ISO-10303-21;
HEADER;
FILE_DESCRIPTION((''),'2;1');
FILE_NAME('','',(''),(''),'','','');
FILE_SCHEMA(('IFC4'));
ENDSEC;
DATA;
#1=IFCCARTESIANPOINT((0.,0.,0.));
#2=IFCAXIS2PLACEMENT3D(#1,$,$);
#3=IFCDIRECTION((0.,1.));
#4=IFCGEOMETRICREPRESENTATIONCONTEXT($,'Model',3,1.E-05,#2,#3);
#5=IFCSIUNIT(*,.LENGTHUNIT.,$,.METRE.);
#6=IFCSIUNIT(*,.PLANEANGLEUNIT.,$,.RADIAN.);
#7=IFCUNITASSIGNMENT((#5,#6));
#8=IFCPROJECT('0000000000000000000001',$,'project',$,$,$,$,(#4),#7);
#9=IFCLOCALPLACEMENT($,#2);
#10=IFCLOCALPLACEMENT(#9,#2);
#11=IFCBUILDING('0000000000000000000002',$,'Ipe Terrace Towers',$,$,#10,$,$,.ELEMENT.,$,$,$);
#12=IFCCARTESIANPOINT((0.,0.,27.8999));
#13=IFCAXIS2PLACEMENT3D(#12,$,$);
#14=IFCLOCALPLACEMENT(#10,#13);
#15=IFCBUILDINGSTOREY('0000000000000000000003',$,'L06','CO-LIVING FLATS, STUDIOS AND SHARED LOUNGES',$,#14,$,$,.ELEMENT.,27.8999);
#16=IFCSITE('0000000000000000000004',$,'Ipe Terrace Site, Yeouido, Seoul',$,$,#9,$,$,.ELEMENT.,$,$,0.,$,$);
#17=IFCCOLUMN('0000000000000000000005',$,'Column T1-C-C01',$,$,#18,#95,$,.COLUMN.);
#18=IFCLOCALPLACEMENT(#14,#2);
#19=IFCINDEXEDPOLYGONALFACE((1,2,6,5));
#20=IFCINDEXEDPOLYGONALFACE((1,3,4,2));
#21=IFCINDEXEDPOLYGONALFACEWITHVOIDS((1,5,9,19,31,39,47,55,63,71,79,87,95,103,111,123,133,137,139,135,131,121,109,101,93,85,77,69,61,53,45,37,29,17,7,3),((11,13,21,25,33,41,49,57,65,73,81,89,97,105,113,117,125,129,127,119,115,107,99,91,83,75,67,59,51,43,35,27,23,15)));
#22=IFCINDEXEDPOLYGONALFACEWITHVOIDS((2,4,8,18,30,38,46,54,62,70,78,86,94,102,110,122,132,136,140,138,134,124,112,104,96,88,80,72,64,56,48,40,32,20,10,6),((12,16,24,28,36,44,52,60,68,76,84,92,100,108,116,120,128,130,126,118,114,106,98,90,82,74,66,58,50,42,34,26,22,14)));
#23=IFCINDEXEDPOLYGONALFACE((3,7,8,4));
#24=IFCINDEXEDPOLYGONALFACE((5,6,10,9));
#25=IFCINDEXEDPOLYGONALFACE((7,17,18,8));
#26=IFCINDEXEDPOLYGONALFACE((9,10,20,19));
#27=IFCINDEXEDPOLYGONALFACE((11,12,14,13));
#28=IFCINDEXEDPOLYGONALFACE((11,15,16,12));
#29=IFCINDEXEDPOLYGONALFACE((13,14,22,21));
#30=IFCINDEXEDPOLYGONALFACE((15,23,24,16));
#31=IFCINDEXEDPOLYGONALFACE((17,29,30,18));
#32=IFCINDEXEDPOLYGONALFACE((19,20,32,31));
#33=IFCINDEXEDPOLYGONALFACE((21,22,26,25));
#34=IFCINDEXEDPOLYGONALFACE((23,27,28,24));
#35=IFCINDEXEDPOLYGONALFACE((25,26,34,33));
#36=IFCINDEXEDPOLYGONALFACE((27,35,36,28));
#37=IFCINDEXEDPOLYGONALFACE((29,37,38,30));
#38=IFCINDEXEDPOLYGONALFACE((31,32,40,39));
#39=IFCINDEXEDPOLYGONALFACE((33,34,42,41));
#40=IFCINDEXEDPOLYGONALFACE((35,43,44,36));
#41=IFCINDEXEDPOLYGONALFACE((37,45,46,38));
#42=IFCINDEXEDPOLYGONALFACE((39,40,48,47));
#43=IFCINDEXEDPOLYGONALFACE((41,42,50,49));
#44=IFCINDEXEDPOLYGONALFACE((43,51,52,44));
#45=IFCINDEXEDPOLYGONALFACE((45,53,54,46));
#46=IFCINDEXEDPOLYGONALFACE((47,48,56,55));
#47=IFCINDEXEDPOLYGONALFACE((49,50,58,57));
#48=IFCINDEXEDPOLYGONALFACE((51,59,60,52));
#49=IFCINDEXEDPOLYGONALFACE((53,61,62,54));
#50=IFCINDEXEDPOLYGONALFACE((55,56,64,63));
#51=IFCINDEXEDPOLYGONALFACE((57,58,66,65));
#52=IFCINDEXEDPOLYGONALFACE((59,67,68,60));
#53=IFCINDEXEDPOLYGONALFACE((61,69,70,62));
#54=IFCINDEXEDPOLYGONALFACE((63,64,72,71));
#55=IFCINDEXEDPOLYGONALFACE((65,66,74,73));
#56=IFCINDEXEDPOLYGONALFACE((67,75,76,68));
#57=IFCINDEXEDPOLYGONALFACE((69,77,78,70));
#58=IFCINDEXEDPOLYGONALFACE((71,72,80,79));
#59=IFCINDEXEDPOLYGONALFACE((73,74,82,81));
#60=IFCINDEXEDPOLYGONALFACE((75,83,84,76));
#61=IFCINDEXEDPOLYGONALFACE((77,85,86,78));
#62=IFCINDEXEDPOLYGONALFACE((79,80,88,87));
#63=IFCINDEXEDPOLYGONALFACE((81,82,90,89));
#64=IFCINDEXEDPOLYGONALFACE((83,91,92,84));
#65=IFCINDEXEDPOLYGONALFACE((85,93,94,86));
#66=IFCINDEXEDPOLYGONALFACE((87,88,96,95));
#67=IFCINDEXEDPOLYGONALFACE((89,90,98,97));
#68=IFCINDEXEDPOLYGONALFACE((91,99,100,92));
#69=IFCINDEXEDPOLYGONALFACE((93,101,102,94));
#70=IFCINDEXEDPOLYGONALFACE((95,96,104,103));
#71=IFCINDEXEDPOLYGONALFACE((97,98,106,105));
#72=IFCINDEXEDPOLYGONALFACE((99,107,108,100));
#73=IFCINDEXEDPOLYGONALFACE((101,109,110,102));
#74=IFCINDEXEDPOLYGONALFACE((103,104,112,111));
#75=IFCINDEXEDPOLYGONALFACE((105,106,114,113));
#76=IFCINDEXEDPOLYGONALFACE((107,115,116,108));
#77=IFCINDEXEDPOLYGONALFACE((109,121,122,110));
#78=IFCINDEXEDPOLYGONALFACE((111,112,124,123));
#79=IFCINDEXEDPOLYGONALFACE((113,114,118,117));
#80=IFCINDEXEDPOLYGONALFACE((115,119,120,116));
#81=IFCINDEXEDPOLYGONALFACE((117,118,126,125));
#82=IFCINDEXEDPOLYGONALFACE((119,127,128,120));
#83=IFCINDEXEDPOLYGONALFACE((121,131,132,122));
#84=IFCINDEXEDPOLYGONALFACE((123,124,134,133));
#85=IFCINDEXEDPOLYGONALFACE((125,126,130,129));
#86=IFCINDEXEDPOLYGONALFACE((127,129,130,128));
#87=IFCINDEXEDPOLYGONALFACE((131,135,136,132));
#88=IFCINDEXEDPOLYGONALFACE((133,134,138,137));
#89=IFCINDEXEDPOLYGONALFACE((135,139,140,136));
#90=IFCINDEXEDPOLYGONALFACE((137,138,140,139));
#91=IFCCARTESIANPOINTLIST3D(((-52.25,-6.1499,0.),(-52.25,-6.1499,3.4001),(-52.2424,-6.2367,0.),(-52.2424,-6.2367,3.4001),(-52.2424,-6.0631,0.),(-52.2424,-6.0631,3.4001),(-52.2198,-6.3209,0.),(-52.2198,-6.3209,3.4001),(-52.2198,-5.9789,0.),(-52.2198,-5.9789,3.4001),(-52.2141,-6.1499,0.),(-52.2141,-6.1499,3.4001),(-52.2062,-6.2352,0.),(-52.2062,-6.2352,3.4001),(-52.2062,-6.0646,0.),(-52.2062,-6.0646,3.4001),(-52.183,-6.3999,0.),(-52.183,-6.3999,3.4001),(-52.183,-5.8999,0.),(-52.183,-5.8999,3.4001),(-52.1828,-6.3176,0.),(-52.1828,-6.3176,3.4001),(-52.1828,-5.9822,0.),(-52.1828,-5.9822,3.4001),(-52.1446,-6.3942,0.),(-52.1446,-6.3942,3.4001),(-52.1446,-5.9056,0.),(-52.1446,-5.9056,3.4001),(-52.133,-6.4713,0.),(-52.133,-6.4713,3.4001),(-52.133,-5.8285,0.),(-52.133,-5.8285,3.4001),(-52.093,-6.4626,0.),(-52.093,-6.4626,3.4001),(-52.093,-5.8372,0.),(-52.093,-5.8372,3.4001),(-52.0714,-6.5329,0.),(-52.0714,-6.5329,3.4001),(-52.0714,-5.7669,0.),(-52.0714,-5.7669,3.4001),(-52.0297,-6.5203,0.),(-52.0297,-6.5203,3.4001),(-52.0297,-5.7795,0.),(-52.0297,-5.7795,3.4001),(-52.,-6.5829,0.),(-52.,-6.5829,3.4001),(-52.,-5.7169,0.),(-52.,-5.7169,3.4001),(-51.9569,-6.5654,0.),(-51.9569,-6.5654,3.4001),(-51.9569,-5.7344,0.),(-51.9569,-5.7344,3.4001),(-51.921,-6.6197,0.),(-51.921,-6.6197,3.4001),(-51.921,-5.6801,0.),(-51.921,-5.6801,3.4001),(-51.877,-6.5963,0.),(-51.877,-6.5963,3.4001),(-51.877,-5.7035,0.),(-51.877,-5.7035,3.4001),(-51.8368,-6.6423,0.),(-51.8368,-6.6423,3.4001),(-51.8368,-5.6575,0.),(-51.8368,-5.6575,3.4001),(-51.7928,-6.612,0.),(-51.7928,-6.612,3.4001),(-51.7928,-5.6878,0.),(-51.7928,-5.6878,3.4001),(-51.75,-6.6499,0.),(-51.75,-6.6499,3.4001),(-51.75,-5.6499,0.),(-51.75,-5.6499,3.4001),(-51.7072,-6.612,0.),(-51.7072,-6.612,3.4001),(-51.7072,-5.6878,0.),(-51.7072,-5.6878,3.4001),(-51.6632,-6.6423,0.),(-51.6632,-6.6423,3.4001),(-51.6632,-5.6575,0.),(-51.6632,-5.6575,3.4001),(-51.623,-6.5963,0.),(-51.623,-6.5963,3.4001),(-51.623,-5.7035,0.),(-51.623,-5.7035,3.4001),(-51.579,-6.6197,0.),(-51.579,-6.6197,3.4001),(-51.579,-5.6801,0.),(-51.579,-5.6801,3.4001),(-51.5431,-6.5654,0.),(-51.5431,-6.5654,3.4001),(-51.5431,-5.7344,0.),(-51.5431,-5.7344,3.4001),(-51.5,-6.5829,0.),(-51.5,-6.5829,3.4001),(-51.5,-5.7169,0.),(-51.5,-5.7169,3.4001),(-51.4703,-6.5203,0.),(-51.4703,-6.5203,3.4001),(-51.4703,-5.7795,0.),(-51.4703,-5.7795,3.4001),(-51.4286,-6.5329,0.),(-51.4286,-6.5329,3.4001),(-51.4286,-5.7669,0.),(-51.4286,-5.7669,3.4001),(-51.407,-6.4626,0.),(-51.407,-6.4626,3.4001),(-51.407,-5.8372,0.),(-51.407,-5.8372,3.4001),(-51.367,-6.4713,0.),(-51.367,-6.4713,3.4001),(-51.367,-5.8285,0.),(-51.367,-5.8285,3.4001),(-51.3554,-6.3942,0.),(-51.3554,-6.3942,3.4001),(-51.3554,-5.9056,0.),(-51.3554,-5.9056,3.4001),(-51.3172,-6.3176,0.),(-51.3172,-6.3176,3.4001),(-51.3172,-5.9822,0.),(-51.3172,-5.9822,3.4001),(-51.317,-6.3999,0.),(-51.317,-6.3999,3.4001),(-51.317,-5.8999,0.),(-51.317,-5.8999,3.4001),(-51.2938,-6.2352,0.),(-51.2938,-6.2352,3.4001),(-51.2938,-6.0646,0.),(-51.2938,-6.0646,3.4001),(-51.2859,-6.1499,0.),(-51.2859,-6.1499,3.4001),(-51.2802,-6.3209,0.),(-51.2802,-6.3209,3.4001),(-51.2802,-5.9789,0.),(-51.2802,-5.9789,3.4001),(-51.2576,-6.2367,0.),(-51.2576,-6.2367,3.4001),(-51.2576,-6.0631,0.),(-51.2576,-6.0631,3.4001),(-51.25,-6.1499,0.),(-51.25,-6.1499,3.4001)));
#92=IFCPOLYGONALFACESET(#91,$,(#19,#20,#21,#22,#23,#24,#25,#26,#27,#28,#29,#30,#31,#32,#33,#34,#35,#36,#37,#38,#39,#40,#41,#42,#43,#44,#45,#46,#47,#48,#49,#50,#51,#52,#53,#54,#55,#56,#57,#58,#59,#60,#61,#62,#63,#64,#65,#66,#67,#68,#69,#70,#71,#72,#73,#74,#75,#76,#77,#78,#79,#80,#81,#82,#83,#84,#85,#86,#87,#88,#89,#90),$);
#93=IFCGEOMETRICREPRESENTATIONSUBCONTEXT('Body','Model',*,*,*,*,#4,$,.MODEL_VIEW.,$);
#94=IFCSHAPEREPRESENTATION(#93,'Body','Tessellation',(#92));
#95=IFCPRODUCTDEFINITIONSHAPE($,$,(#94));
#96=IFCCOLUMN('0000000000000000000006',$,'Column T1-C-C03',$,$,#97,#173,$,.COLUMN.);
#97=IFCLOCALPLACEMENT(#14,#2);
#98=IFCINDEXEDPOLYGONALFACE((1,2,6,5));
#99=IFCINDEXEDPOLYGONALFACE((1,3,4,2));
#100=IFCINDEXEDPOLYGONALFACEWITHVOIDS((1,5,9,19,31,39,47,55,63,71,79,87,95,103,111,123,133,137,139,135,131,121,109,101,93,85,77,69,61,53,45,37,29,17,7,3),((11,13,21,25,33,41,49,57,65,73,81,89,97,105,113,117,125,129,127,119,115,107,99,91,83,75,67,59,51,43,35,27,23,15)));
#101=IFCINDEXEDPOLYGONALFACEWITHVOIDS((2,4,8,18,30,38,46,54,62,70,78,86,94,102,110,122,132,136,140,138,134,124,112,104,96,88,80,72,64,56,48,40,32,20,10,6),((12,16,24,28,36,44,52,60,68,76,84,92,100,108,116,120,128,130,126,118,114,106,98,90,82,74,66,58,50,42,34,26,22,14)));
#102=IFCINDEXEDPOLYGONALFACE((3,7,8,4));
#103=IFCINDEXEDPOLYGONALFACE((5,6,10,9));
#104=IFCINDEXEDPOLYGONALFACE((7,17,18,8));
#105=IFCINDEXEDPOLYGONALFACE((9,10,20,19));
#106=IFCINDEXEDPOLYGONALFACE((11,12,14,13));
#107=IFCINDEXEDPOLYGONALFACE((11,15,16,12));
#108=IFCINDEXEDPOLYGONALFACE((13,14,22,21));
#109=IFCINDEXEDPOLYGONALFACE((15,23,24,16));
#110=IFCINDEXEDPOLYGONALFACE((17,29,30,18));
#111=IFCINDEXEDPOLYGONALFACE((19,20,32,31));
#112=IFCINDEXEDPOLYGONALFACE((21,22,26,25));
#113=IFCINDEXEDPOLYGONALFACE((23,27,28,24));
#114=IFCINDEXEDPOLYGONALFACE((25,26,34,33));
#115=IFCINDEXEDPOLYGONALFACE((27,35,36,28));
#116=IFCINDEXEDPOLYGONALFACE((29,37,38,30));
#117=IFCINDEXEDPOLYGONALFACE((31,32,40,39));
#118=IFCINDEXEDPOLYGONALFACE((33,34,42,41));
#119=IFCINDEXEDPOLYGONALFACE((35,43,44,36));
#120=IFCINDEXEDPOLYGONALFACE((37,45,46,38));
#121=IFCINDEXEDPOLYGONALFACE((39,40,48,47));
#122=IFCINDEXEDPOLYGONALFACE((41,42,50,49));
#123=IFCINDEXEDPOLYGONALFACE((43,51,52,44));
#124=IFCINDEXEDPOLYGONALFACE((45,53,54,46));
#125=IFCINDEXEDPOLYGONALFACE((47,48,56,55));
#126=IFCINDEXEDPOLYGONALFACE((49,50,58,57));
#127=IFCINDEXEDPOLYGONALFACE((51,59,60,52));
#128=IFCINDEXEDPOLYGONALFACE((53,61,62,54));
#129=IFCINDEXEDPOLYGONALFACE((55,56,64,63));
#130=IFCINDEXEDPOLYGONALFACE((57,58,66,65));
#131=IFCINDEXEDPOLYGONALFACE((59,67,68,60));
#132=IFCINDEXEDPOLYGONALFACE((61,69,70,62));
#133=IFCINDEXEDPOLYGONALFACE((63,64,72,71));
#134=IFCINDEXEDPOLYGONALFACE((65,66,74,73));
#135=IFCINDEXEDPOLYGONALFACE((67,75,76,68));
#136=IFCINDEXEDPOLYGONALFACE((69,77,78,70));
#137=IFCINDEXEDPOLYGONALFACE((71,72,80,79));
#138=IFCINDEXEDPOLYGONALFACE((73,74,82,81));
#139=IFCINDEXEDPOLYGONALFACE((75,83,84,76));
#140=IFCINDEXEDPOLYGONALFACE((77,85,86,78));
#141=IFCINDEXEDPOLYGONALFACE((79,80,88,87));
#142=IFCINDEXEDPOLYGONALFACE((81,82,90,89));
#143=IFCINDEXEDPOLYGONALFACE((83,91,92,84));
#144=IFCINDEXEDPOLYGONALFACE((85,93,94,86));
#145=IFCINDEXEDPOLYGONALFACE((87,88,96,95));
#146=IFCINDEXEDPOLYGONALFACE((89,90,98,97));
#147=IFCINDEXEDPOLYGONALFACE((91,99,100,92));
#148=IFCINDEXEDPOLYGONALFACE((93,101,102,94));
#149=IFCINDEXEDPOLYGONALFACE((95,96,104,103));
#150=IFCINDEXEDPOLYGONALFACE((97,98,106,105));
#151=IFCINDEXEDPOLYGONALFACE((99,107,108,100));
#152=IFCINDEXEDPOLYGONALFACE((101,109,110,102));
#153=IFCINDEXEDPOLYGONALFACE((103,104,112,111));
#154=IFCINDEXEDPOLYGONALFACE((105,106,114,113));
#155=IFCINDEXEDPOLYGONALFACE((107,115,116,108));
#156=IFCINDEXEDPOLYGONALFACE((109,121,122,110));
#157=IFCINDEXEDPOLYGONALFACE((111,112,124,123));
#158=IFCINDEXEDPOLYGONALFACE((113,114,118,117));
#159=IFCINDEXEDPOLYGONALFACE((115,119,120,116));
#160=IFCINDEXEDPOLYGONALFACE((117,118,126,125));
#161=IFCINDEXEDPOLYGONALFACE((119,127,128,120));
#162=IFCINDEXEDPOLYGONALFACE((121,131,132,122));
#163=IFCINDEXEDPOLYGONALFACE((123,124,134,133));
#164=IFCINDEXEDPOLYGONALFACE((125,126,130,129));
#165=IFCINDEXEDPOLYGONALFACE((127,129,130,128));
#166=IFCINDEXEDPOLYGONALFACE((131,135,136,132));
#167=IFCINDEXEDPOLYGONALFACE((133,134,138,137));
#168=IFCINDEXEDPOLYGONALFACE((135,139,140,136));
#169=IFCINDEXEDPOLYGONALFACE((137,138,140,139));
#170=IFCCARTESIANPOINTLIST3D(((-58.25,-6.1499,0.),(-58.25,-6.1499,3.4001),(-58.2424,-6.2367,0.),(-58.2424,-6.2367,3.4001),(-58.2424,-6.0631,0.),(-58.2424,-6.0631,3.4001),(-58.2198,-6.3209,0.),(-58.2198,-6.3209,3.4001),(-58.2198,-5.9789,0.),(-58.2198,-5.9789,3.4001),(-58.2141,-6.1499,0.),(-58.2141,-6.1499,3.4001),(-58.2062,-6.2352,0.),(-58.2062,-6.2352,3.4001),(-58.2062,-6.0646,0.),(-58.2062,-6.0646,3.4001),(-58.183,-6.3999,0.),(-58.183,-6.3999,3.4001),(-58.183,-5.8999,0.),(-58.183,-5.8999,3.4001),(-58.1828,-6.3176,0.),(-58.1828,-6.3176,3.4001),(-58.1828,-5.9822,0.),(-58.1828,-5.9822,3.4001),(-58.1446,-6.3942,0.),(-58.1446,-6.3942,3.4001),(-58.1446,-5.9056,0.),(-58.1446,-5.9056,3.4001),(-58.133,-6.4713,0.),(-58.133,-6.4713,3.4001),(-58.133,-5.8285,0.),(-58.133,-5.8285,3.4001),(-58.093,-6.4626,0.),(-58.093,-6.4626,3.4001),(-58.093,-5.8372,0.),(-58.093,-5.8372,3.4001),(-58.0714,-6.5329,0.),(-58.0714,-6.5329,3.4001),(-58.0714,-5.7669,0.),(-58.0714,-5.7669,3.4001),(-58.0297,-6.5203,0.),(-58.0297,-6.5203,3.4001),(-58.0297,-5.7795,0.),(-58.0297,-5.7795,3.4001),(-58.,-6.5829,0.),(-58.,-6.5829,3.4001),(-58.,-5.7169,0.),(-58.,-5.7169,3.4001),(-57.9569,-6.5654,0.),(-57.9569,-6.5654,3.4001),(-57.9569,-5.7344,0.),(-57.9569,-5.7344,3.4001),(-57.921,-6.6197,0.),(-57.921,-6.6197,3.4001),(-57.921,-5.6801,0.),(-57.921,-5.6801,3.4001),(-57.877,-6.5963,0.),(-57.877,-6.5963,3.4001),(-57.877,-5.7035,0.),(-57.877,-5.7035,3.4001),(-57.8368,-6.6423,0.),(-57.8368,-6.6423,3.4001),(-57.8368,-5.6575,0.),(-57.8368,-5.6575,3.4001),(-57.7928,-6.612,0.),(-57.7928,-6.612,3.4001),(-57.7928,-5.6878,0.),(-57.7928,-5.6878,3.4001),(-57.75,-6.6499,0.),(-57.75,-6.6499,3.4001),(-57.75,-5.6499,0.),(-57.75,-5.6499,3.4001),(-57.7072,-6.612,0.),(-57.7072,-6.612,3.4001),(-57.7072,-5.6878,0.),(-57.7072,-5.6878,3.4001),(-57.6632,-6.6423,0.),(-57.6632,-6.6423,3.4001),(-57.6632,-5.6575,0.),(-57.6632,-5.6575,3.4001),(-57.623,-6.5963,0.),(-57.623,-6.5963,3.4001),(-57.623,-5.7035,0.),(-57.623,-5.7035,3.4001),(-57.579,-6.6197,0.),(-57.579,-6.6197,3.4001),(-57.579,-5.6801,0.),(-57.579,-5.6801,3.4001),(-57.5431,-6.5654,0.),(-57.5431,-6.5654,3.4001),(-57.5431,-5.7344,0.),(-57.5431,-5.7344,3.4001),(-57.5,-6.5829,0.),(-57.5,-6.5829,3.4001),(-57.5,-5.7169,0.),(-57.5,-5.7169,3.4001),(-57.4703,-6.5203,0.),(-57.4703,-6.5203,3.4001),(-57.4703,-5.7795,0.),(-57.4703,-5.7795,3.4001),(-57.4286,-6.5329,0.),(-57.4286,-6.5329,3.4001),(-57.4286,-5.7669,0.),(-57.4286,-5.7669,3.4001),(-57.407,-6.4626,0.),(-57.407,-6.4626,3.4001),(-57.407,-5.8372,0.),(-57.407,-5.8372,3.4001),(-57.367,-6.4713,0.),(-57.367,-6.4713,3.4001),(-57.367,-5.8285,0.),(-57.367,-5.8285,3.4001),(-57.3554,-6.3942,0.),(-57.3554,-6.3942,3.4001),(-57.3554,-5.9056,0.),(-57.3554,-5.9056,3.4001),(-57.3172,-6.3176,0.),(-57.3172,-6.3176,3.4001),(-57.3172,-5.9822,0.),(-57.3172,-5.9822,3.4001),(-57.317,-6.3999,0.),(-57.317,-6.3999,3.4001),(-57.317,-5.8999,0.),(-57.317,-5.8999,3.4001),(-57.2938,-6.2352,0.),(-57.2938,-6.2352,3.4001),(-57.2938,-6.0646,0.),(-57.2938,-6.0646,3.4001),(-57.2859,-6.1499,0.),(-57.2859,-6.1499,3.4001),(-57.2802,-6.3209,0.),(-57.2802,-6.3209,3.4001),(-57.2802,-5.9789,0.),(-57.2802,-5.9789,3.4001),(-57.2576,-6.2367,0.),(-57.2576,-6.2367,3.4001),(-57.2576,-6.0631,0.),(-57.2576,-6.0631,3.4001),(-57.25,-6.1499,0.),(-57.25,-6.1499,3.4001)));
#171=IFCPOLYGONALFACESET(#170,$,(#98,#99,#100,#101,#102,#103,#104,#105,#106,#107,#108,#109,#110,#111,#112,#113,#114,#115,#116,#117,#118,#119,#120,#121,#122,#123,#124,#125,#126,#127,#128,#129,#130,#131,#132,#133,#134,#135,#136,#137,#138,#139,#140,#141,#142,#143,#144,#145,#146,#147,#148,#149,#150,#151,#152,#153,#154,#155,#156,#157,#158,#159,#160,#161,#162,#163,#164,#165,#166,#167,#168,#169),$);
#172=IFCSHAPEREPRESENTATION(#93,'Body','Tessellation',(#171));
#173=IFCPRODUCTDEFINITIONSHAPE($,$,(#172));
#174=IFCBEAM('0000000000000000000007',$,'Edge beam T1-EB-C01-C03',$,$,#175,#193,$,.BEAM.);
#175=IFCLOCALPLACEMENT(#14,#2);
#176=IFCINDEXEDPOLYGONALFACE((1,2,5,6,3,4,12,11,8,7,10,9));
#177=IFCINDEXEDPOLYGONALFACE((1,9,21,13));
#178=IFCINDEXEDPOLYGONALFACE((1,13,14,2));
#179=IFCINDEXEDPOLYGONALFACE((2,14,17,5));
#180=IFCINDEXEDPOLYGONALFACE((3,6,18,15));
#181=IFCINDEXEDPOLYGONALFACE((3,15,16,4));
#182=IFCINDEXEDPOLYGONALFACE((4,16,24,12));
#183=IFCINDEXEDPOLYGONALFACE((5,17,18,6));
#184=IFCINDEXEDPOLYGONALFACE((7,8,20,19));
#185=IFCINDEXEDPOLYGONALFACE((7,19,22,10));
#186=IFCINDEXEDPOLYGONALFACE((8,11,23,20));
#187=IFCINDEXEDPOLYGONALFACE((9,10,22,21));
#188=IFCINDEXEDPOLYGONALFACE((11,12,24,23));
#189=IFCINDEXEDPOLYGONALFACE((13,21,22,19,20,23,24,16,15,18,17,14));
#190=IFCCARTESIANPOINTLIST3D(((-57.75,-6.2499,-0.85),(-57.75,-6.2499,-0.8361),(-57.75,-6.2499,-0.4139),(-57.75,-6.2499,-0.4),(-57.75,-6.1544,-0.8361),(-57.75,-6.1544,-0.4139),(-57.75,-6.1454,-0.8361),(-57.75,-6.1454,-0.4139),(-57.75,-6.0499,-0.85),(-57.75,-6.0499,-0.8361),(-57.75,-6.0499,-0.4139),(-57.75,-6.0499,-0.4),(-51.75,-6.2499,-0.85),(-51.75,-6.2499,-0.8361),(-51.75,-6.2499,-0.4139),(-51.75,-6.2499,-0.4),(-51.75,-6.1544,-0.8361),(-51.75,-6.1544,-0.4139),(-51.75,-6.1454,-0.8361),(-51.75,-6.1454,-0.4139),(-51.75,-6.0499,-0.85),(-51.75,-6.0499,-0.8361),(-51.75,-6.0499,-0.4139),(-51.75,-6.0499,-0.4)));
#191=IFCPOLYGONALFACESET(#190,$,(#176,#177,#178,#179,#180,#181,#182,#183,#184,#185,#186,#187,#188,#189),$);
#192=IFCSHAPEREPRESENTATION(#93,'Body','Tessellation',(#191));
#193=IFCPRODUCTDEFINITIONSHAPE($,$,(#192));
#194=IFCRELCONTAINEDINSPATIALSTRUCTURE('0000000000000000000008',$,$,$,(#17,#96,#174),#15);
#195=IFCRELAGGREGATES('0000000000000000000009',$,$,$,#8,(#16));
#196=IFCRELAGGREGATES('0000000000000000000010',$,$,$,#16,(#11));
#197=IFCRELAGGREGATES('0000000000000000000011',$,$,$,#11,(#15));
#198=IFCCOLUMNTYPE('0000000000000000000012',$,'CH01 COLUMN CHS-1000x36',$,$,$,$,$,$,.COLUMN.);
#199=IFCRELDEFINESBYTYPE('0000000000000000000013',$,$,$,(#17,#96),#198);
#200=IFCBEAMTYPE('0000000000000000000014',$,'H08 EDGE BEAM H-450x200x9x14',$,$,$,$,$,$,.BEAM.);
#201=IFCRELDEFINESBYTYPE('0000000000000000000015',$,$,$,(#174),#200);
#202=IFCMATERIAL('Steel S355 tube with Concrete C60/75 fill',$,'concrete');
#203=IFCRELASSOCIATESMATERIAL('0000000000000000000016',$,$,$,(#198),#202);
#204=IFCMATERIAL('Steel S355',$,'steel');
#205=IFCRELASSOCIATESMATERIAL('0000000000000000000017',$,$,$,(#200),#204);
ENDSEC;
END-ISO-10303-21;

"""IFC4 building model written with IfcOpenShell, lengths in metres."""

from ifc_helpers import new_model, si_unit, direction, frame, origin, origin_2d, place, context, subcontext, project, spatial, hollow_circle, i_section, extrude, material, material_profile, profile_set, type_object, element, save


model = new_model("IFC4")

# Units and contexts
model_context = context("Model", 3, precision=1e-05, world=origin(), true_north=direction((0.0, 1.0)))
body_context = subcontext(model_context, "Body", "Model", "MODEL_VIEW")
ifc_project = project(units=[si_unit("LENGTHUNIT", "METRE"), si_unit("PLANEANGLEUNIT", "RADIAN")], contexts=[model_context])

# Site, building, storey
site_placement = place(None, origin())
site = spatial("IfcSite", under=ifc_project, at=site_placement, Name="Ipe Terrace Site, Yeouido, Seoul", CompositionType="ELEMENT", RefElevation=0.0)
building_placement = place(site_placement, origin())
building = spatial("IfcBuilding", under=site, at=building_placement, Name="Ipe Terrace Towers", CompositionType="ELEMENT")
storey_placement = place(building_placement, frame((0.0, 0.0, 27.8999)))
storey = spatial("IfcBuildingStorey", under=building, at=storey_placement, Name="L06", Description="CO-LIVING FLATS, STUDIOS AND SHARED LOUNGES", CompositionType="ELEMENT", Elevation=27.8999)

# Columns
ifc_material_1 = material(Name="Steel S355 tube with Concrete C60/75 fill", Category="concrete")
ifc_material_profile_1 = material_profile(ifc_material_1, hollow_circle(Radius=0.5, WallThickness=0.0359, at=origin_2d()), Name="CHS-1000x36")
ifc_profile_set_1 = profile_set([ifc_material_profile_1], Name="Steel S355 tube with Concrete C60/75 fill")
column_type = type_object("IfcColumnType", Name="CH01 COLUMN CHS-1000x36", PredefinedType="COLUMN", material=ifc_profile_set_1)
for number, where, z_axis, x_axis, name in (
    (1, (-51.75, -6.1499, 0.0), (0.0, 0.0, 1.0), (1.0, 0.0, 0.0), "Column T1-C-C01"),
    (2, (-57.75, -6.1499, 0.0), (0.0, 0.0, 1.0), (1.0, 0.0, 0.0), "Column T1-C-C03"),
):
    element("IfcColumn", number, at=place(storey_placement, frame(where, z_axis=z_axis, x_axis=x_axis)), inside=storey, type_object=column_type, Name=name, PredefinedType="COLUMN", context=body_context, shape_type="SweptSolid", body=[
        extrude(hollow_circle(Radius=0.5, WallThickness=0.0359, at=origin_2d()), origin(), (0.0, 0.0, 1.0), 3.4001),
    ])

# Beam
ifc_material_2 = material(Name="Steel S355", Category="steel")
ifc_material_profile_2 = material_profile(ifc_material_2, i_section(OverallWidth=0.2, OverallDepth=0.45, WebThickness=0.009, FlangeThickness=0.0139, at=origin_2d()), Name="H-450x200x9x14")
ifc_profile_set_2 = profile_set([ifc_material_profile_2], Name="Steel S355")
beam_type = type_object("IfcBeamType", Name="H08 EDGE BEAM H-450x200x9x14", PredefinedType="BEAM", material=ifc_profile_set_2)
beam_placement = place(storey_placement, frame((-51.75, -6.1499, -0.625), z_axis=(-1.0, 0.0, 0.0), x_axis=(0.0, -1.0, 0.0)))
element("IfcBeam", 3, at=beam_placement, inside=storey, type_object=beam_type, Name="Edge beam T1-EB-C01-C03", PredefinedType="BEAM", context=body_context, shape_type="SweptSolid", body=[
    extrude(i_section(OverallWidth=0.2, OverallDepth=0.45, WebThickness=0.009, FlangeThickness=0.0139, at=origin_2d()), origin(), (0.0, 0.0, 1.0), 6.0),
])

save(model, "model.ifc")
